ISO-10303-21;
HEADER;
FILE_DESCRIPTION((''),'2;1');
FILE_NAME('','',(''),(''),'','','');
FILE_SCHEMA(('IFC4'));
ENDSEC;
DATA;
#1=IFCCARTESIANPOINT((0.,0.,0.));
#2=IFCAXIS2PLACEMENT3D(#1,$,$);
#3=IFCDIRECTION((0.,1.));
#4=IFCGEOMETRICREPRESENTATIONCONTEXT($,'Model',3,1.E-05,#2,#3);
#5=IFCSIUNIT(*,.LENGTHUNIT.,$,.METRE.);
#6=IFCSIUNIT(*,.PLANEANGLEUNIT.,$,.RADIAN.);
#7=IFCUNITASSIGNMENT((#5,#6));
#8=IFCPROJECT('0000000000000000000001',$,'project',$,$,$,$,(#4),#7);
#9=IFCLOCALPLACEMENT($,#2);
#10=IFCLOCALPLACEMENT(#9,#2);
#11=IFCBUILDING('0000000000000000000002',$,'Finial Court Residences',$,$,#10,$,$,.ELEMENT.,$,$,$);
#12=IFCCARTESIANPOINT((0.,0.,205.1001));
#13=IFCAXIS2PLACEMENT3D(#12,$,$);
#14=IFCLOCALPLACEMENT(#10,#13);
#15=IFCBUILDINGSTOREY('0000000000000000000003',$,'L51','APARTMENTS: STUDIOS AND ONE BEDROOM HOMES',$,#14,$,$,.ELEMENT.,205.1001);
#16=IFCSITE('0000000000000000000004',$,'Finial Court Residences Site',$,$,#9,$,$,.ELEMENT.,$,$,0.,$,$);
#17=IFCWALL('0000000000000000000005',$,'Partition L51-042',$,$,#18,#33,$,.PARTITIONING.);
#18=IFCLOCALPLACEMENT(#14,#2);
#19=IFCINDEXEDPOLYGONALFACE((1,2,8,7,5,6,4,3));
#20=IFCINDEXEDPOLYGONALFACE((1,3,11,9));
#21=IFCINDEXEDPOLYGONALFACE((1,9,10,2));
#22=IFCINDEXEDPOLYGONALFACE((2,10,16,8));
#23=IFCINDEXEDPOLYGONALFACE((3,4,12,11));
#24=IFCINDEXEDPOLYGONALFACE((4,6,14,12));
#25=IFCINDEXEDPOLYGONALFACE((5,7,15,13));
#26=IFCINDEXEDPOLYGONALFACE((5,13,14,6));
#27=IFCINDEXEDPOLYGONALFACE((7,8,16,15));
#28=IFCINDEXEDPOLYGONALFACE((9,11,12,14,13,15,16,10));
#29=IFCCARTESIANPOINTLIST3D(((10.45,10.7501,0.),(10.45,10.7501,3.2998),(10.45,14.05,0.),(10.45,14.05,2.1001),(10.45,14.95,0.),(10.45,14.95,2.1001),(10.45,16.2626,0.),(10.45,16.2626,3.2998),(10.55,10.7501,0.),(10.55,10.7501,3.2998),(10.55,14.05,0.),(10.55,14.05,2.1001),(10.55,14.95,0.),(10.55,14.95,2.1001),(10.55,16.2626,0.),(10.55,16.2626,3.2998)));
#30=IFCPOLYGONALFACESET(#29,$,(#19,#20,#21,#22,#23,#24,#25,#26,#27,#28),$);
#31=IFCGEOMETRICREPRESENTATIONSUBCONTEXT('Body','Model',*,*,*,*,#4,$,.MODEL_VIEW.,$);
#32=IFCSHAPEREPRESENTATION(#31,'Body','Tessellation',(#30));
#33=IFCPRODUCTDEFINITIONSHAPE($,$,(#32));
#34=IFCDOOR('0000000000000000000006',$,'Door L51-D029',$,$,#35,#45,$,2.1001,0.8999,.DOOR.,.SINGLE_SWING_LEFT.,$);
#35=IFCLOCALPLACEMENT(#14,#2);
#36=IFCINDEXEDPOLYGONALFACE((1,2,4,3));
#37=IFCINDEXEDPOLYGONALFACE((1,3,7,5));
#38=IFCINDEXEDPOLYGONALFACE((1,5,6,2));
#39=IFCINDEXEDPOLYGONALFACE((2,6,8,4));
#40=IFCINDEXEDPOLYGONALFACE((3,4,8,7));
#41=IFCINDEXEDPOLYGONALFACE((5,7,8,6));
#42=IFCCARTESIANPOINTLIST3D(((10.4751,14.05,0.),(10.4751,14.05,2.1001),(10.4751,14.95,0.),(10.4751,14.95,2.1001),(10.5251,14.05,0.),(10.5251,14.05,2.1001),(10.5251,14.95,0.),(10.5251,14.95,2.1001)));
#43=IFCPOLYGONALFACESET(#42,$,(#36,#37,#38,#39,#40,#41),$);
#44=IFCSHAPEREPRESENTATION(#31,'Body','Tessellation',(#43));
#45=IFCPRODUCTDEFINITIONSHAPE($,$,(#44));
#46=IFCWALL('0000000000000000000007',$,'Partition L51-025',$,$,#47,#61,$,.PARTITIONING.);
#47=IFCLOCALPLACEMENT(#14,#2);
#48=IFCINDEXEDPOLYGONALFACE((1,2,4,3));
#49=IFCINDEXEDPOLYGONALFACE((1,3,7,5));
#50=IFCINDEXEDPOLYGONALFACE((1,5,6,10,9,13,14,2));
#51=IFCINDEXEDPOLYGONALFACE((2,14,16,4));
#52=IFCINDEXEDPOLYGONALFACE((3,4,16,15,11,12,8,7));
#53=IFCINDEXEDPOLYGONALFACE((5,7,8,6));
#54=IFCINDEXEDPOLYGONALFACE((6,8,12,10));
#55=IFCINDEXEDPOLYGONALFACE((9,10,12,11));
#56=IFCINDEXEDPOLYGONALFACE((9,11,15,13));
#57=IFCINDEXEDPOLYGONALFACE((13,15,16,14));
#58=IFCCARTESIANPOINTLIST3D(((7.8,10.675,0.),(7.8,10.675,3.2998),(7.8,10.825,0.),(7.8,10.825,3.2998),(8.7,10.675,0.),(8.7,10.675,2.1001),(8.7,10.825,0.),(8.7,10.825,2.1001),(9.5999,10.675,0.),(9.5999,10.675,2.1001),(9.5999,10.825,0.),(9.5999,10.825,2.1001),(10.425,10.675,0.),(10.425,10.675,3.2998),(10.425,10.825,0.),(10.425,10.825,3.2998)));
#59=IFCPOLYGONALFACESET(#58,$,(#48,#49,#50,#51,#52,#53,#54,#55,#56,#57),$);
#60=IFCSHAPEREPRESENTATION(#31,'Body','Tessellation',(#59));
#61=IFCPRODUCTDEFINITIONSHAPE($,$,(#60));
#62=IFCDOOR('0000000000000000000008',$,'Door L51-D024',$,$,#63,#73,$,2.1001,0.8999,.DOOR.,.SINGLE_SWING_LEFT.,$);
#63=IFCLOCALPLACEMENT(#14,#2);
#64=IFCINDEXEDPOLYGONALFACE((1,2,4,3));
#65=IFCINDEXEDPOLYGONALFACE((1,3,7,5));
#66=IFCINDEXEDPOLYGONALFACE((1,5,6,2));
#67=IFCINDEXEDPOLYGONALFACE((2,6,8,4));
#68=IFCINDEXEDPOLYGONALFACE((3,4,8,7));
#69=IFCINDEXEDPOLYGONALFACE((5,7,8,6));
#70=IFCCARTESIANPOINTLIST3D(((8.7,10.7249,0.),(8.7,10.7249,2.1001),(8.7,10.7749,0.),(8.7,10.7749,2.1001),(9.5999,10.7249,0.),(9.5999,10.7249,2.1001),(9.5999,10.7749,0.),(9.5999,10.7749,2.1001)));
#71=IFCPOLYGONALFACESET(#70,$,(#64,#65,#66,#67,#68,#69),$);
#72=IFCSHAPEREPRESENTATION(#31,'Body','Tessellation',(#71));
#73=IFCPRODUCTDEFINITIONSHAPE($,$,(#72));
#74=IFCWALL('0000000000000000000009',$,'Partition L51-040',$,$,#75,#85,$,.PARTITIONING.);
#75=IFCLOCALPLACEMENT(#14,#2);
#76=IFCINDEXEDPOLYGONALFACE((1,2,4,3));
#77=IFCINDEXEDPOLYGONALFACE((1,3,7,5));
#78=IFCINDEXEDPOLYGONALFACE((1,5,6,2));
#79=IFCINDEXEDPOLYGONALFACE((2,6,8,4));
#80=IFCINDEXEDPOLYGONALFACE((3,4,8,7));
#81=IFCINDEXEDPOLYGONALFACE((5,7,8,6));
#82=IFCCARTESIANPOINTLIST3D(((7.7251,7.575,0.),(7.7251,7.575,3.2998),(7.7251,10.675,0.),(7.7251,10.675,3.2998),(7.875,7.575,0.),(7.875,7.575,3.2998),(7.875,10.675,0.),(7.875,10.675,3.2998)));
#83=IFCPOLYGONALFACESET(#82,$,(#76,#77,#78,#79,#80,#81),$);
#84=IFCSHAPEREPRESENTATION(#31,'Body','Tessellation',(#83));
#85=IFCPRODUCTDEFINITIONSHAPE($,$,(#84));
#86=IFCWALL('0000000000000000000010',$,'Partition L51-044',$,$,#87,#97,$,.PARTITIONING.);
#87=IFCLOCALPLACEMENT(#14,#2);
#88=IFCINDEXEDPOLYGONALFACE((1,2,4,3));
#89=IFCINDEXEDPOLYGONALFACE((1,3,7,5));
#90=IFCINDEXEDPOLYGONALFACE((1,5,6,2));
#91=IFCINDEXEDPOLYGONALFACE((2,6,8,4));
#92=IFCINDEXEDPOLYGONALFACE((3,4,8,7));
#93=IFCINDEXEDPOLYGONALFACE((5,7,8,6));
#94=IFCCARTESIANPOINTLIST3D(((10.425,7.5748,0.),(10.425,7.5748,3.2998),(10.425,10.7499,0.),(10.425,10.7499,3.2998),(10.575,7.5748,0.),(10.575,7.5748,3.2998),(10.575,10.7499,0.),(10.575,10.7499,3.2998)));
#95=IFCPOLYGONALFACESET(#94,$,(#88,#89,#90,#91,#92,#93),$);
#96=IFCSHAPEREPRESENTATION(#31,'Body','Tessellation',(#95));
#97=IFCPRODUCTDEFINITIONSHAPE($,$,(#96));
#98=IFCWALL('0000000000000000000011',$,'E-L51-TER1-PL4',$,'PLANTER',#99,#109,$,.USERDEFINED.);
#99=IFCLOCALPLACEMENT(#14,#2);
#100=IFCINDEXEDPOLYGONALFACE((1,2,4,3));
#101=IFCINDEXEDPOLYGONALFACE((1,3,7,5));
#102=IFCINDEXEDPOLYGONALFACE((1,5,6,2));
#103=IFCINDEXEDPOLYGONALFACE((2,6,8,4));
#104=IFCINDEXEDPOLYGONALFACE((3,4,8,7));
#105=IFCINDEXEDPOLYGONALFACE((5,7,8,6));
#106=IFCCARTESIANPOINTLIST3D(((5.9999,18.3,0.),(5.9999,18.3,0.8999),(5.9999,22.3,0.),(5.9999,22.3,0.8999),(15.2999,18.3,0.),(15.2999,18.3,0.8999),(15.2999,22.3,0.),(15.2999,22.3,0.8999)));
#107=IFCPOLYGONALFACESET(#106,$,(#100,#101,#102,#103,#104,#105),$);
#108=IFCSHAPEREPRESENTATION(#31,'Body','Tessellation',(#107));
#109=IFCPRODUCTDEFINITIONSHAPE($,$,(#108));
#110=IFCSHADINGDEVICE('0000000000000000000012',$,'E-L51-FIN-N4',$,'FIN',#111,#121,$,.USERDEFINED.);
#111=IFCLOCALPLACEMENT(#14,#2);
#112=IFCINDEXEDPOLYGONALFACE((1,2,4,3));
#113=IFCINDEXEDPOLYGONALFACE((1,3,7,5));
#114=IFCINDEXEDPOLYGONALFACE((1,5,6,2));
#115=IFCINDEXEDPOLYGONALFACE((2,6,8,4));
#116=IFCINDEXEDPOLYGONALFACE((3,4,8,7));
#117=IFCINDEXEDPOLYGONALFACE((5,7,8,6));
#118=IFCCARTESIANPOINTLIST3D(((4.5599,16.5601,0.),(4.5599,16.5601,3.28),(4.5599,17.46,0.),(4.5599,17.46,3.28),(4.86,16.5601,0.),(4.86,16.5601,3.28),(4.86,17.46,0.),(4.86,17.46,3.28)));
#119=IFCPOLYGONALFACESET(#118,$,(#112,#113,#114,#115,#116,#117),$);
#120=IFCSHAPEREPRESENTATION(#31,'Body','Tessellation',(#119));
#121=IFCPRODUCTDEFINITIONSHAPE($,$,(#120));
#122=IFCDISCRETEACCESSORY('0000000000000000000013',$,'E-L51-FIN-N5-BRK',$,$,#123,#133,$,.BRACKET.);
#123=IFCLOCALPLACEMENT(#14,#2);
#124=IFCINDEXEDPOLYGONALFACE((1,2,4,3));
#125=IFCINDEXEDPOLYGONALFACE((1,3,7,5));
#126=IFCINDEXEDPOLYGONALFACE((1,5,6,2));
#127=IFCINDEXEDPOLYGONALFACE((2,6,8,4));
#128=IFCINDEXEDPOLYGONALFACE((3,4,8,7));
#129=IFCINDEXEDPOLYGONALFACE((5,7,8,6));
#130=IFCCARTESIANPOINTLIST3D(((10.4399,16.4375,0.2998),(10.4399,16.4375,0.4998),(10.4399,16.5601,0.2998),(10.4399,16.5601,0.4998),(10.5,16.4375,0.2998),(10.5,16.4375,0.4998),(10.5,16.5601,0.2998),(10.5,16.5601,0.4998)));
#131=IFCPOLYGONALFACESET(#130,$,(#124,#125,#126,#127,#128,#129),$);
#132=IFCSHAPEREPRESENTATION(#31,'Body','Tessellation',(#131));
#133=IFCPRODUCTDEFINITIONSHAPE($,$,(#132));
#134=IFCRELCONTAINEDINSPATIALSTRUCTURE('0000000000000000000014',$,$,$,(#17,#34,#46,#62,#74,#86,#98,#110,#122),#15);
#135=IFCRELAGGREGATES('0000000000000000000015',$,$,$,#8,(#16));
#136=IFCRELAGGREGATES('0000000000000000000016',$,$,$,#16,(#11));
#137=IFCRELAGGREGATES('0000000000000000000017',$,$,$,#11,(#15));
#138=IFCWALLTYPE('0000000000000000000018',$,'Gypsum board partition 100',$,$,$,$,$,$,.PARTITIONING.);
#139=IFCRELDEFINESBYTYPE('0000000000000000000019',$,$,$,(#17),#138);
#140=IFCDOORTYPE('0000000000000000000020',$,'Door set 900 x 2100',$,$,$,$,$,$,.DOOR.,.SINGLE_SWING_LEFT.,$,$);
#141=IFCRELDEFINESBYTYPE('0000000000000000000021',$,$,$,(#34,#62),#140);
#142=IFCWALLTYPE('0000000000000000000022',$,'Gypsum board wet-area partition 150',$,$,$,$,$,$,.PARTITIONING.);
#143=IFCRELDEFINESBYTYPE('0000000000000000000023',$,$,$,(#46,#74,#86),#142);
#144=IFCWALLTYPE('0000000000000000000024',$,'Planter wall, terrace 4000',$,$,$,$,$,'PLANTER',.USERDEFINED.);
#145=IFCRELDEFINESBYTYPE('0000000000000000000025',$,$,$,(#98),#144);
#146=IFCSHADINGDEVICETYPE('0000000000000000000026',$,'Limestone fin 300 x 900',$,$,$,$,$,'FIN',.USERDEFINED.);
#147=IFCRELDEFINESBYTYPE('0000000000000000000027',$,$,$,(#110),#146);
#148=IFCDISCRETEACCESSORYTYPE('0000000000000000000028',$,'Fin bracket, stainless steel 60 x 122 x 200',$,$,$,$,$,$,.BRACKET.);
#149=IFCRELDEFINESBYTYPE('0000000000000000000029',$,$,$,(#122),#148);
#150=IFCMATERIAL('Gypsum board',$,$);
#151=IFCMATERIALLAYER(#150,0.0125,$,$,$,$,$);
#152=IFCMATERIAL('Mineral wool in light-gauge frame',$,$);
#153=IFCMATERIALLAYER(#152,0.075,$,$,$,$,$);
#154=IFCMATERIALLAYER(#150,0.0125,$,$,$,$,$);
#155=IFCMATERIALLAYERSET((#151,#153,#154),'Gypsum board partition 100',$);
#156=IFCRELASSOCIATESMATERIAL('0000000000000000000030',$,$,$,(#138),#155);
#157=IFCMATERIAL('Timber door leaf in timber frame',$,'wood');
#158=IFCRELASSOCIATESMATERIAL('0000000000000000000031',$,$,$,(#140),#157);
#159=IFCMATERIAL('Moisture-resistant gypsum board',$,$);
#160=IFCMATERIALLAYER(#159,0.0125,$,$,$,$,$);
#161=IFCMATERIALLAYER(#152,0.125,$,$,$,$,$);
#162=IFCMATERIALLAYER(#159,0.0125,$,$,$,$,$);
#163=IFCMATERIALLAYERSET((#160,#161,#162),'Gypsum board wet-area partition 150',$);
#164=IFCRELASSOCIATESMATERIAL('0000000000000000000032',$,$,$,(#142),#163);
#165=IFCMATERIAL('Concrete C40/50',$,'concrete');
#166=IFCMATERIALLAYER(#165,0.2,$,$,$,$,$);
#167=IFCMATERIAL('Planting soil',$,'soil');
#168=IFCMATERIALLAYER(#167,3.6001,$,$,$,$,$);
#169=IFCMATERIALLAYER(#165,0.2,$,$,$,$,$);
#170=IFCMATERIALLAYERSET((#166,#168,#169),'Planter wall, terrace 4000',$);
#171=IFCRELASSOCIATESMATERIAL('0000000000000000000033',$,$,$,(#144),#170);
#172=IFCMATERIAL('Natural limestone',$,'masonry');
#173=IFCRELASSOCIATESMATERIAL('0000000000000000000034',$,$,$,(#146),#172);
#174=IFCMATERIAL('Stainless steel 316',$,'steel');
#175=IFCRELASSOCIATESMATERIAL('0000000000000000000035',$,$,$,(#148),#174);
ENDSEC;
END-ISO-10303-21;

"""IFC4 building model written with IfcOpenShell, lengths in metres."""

from ifc_helpers import new_model, si_unit, direction, frame, frame_2d, origin, origin_2d, place, context, subcontext, project, spatial, rectangle, extrude, material, layer, layer_set, type_object, element, fill, save


model = new_model("IFC4")

# Units and contexts
model_context = context("Model", 3, precision=1e-05, world=origin(), true_north=direction((0.0, 1.0)))
body_context = subcontext(model_context, "Body", "Model", "MODEL_VIEW")
ifc_project = project(units=[si_unit("LENGTHUNIT", "METRE"), si_unit("PLANEANGLEUNIT", "RADIAN")], contexts=[model_context])

# Site, building, storey
site_placement = place(None, origin())
site = spatial("IfcSite", under=ifc_project, at=site_placement, Name="Finial Court Residences Site", CompositionType="ELEMENT", RefElevation=0.0)
building_placement = place(site_placement, origin())
building = spatial("IfcBuilding", under=site, at=building_placement, Name="Finial Court Residences", CompositionType="ELEMENT")
storey_placement = place(building_placement, frame((0.0, 0.0, 205.1001)))
storey = spatial("IfcBuildingStorey", under=building, at=storey_placement, Name="L51", Description="APARTMENTS: STUDIOS AND ONE BEDROOM HOMES", CompositionType="ELEMENT", Elevation=205.1001)

# Walls, openings, doors
ifc_material_1 = material(Name="Gypsum board")
ifc_layer_1 = layer(ifc_material_1, 0.0125)
ifc_material_2 = material(Name="Mineral wool in light-gauge frame")
ifc_layer_2 = layer(ifc_material_2, 0.075)
ifc_layer_3 = layer(ifc_material_1, 0.0125)
ifc_layer_set_1 = layer_set([ifc_layer_1, ifc_layer_2, ifc_layer_3], Name="Gypsum board partition 100")
wall_type_1 = type_object("IfcWallType", Name="Gypsum board partition 100", PredefinedType="PARTITIONING", material=ifc_layer_set_1)
ifc_material_3 = material(Name="Timber door leaf in timber frame", Category="wood")
door_type = type_object("IfcDoorType", Name="Door set 900 x 2100", OperationType="SINGLE_SWING_LEFT", PredefinedType="DOOR", material=ifc_material_3)
wall_1_placement = place(storey_placement, frame((10.5, 10.75, 0.0), z_axis=(0.0, 0.0, 1.0), x_axis=(0.0, 1.0, 0.0)))
wall_1 = element("IfcWall", 1, at=wall_1_placement, inside=storey, type_object=wall_type_1, Name="Partition L51-042", PredefinedType="PARTITIONING", context=body_context, shape_type="SweptSolid", body=[
    extrude(rectangle(XDim=5.5125, YDim=0.1001, at=frame_2d((2.7563, 0.0))), origin(), (0.0, 0.0, 1.0), 3.2998),
])
opening_1_placement = place(wall_1_placement, frame((3.3, 0.0, 0.0)))
opening_1 = element("IfcOpeningElement", 2, at=opening_1_placement, cuts=wall_1, PredefinedType="OPENING", context=body_context, shape_type="SweptSolid", body=[
    extrude(rectangle(XDim=0.8999, YDim=2.1001, at=frame_2d((0.45, 1.05))), frame((0.0, 0.0601, 0.0), z_axis=(0.0, -1.0, 0.0), x_axis=(1.0, 0.0, 0.0)), (0.0, 0.0, 1.0), 0.1201),
])
door_1_placement = place(opening_1_placement, origin())
door_1 = element("IfcDoor", 3, at=door_1_placement, inside=storey, type_object=door_type, Name="Door L51-D029", OperationType="SINGLE_SWING_LEFT", OverallHeight=2.1001, OverallWidth=0.8999, PredefinedType="DOOR", context=body_context, shape_type="SweptSolid", body=[
    extrude(rectangle(XDim=0.8999, YDim=2.1001, at=frame_2d((0.45, 1.05))), frame((0.0, 0.0249, 0.0), z_axis=(0.0, -1.0, 0.0), x_axis=(1.0, 0.0, 0.0)), (0.0, 0.0, 1.0), 0.05),
])
fill(opening_1, door_1)
ifc_material_4 = material(Name="Moisture-resistant gypsum board")
ifc_layer_4 = layer(ifc_material_4, 0.0125)
ifc_layer_5 = layer(ifc_material_2, 0.125)
ifc_layer_6 = layer(ifc_material_4, 0.0125)
ifc_layer_set_2 = layer_set([ifc_layer_4, ifc_layer_5, ifc_layer_6], Name="Gypsum board wet-area partition 150")
wall_type_2 = type_object("IfcWallType", Name="Gypsum board wet-area partition 150", PredefinedType="PARTITIONING", material=ifc_layer_set_2)
wall_2_placement = place(storey_placement, frame((7.8, 10.75, 0.0), z_axis=(0.0, 0.0, 1.0), x_axis=(1.0, 0.0, 0.0)))
wall_2 = element("IfcWall", 4, at=wall_2_placement, inside=storey, type_object=wall_type_2, Name="Partition L51-025", PredefinedType="PARTITIONING", context=body_context, shape_type="SweptSolid", body=[
    extrude(rectangle(XDim=2.625, YDim=0.1499, at=frame_2d((1.3125, 0.0))), origin(), (0.0, 0.0, 1.0), 3.2998),
])
opening_2_placement = place(wall_2_placement, frame((0.8999, 0.0, 0.0)))
opening_2 = element("IfcOpeningElement", 5, at=opening_2_placement, cuts=wall_2, PredefinedType="OPENING", context=body_context, shape_type="SweptSolid", body=[
    extrude(rectangle(XDim=0.8999, YDim=2.1001, at=frame_2d((0.45, 1.05))), frame((0.0, 0.085, 0.0), z_axis=(0.0, -1.0, 0.0), x_axis=(1.0, 0.0, 0.0)), (0.0, 0.0, 1.0), 0.1699),
])
door_2_placement = place(opening_2_placement, origin())
door_2 = element("IfcDoor", 6, at=door_2_placement, inside=storey, type_object=door_type, Name="Door L51-D024", OperationType="SINGLE_SWING_LEFT", OverallHeight=2.1001, OverallWidth=0.8999, PredefinedType="DOOR", context=body_context, shape_type="SweptSolid", body=[
    extrude(rectangle(XDim=0.8999, YDim=2.1001, at=frame_2d((0.45, 1.05))), frame((0.0, 0.0249, 0.0), z_axis=(0.0, -1.0, 0.0), x_axis=(1.0, 0.0, 0.0)), (0.0, 0.0, 1.0), 0.05),
])
fill(opening_2, door_2)

# Walls
wall_3_placement = place(storey_placement, frame((7.8, 7.575, 0.0), z_axis=(0.0, 0.0, 1.0), x_axis=(0.0, 1.0, 0.0)))
element("IfcWall", 7, at=wall_3_placement, inside=storey, type_object=wall_type_2, Name="Partition L51-040", PredefinedType="PARTITIONING", context=body_context, shape_type="SweptSolid", body=[
    extrude(rectangle(XDim=3.1001, YDim=0.1499, at=frame_2d((1.55, 0.0))), origin(), (0.0, 0.0, 1.0), 3.2998),
])
wall_4_placement = place(storey_placement, frame((10.5, 7.575, 0.0), z_axis=(0.0, 0.0, 1.0), x_axis=(0.0, 1.0, 0.0)))
element("IfcWall", 8, at=wall_4_placement, inside=storey, type_object=wall_type_2, Name="Partition L51-044", PredefinedType="PARTITIONING", context=body_context, shape_type="SweptSolid", body=[
    extrude(rectangle(XDim=3.175, YDim=0.1499, at=frame_2d((1.5874, 0.0))), origin(), (0.0, 0.0, 1.0), 3.2998),
])
ifc_material_5 = material(Name="Concrete C40/50", Category="concrete")
ifc_layer_7 = layer(ifc_material_5, 0.2)
ifc_material_6 = material(Name="Planting soil", Category="soil")
ifc_layer_8 = layer(ifc_material_6, 3.6001)
ifc_layer_9 = layer(ifc_material_5, 0.2)
ifc_layer_set_3 = layer_set([ifc_layer_7, ifc_layer_8, ifc_layer_9], Name="Planter wall, terrace 4000")
wall_type_3 = type_object("IfcWallType", Name="Planter wall, terrace 4000", ElementType="PLANTER", PredefinedType="USERDEFINED", material=ifc_layer_set_3)
wall_5_placement = place(storey_placement, frame((6.0, 20.3, 0.0), z_axis=(0.0, 0.0, 1.0), x_axis=(1.0, 0.0, 0.0)))
element("IfcWall", 9, at=wall_5_placement, inside=storey, type_object=wall_type_3, Name="E-L51-TER1-PL4", ObjectType="PLANTER", PredefinedType="USERDEFINED", context=body_context, shape_type="SweptSolid", body=[
    extrude(rectangle(XDim=9.3, YDim=4.0, at=frame_2d((4.6499, 0.0))), origin(), (0.0, 0.0, 1.0), 0.8999),
])

# Shading device
ifc_material_7 = material(Name="Natural limestone", Category="masonry")
shading_device_type = type_object("IfcShadingDeviceType", Name="Limestone fin 300 x 900", ElementType="FIN", PredefinedType="USERDEFINED", material=ifc_material_7)
shading_device_placement = place(storey_placement, frame((4.71, 17.01, 0.0), z_axis=(0.0, 0.0, 1.0), x_axis=(1.0, 0.0, 0.0)))
element("IfcShadingDevice", 10, at=shading_device_placement, inside=storey, type_object=shading_device_type, Name="E-L51-FIN-N4", ObjectType="FIN", PredefinedType="USERDEFINED", context=body_context, shape_type="SweptSolid", body=[
    extrude(rectangle(XDim=0.3, YDim=0.8999, at=origin_2d()), origin(), (0.0, 0.0, 1.0), 3.28),
])

# Discrete accessory
ifc_material_8 = material(Name="Stainless steel 316", Category="steel")
discrete_accessory_type = type_object("IfcDiscreteAccessoryType", Name="Fin bracket, stainless steel 60 x 122 x 200", PredefinedType="BRACKET", material=ifc_material_8)
discrete_accessory_placement = place(storey_placement, frame((10.47, 16.4988, 0.2998), z_axis=(0.0, 0.0, 1.0), x_axis=(1.0, 0.0, 0.0)))
element("IfcDiscreteAccessory", 11, at=discrete_accessory_placement, inside=storey, type_object=discrete_accessory_type, Name="E-L51-FIN-N5-BRK", PredefinedType="BRACKET", context=body_context, shape_type="SweptSolid", body=[
    extrude(rectangle(XDim=0.0601, YDim=0.1226, at=origin_2d()), origin(), (0.0, 0.0, 1.0), 0.2),
])

save(model, "model.ifc")
